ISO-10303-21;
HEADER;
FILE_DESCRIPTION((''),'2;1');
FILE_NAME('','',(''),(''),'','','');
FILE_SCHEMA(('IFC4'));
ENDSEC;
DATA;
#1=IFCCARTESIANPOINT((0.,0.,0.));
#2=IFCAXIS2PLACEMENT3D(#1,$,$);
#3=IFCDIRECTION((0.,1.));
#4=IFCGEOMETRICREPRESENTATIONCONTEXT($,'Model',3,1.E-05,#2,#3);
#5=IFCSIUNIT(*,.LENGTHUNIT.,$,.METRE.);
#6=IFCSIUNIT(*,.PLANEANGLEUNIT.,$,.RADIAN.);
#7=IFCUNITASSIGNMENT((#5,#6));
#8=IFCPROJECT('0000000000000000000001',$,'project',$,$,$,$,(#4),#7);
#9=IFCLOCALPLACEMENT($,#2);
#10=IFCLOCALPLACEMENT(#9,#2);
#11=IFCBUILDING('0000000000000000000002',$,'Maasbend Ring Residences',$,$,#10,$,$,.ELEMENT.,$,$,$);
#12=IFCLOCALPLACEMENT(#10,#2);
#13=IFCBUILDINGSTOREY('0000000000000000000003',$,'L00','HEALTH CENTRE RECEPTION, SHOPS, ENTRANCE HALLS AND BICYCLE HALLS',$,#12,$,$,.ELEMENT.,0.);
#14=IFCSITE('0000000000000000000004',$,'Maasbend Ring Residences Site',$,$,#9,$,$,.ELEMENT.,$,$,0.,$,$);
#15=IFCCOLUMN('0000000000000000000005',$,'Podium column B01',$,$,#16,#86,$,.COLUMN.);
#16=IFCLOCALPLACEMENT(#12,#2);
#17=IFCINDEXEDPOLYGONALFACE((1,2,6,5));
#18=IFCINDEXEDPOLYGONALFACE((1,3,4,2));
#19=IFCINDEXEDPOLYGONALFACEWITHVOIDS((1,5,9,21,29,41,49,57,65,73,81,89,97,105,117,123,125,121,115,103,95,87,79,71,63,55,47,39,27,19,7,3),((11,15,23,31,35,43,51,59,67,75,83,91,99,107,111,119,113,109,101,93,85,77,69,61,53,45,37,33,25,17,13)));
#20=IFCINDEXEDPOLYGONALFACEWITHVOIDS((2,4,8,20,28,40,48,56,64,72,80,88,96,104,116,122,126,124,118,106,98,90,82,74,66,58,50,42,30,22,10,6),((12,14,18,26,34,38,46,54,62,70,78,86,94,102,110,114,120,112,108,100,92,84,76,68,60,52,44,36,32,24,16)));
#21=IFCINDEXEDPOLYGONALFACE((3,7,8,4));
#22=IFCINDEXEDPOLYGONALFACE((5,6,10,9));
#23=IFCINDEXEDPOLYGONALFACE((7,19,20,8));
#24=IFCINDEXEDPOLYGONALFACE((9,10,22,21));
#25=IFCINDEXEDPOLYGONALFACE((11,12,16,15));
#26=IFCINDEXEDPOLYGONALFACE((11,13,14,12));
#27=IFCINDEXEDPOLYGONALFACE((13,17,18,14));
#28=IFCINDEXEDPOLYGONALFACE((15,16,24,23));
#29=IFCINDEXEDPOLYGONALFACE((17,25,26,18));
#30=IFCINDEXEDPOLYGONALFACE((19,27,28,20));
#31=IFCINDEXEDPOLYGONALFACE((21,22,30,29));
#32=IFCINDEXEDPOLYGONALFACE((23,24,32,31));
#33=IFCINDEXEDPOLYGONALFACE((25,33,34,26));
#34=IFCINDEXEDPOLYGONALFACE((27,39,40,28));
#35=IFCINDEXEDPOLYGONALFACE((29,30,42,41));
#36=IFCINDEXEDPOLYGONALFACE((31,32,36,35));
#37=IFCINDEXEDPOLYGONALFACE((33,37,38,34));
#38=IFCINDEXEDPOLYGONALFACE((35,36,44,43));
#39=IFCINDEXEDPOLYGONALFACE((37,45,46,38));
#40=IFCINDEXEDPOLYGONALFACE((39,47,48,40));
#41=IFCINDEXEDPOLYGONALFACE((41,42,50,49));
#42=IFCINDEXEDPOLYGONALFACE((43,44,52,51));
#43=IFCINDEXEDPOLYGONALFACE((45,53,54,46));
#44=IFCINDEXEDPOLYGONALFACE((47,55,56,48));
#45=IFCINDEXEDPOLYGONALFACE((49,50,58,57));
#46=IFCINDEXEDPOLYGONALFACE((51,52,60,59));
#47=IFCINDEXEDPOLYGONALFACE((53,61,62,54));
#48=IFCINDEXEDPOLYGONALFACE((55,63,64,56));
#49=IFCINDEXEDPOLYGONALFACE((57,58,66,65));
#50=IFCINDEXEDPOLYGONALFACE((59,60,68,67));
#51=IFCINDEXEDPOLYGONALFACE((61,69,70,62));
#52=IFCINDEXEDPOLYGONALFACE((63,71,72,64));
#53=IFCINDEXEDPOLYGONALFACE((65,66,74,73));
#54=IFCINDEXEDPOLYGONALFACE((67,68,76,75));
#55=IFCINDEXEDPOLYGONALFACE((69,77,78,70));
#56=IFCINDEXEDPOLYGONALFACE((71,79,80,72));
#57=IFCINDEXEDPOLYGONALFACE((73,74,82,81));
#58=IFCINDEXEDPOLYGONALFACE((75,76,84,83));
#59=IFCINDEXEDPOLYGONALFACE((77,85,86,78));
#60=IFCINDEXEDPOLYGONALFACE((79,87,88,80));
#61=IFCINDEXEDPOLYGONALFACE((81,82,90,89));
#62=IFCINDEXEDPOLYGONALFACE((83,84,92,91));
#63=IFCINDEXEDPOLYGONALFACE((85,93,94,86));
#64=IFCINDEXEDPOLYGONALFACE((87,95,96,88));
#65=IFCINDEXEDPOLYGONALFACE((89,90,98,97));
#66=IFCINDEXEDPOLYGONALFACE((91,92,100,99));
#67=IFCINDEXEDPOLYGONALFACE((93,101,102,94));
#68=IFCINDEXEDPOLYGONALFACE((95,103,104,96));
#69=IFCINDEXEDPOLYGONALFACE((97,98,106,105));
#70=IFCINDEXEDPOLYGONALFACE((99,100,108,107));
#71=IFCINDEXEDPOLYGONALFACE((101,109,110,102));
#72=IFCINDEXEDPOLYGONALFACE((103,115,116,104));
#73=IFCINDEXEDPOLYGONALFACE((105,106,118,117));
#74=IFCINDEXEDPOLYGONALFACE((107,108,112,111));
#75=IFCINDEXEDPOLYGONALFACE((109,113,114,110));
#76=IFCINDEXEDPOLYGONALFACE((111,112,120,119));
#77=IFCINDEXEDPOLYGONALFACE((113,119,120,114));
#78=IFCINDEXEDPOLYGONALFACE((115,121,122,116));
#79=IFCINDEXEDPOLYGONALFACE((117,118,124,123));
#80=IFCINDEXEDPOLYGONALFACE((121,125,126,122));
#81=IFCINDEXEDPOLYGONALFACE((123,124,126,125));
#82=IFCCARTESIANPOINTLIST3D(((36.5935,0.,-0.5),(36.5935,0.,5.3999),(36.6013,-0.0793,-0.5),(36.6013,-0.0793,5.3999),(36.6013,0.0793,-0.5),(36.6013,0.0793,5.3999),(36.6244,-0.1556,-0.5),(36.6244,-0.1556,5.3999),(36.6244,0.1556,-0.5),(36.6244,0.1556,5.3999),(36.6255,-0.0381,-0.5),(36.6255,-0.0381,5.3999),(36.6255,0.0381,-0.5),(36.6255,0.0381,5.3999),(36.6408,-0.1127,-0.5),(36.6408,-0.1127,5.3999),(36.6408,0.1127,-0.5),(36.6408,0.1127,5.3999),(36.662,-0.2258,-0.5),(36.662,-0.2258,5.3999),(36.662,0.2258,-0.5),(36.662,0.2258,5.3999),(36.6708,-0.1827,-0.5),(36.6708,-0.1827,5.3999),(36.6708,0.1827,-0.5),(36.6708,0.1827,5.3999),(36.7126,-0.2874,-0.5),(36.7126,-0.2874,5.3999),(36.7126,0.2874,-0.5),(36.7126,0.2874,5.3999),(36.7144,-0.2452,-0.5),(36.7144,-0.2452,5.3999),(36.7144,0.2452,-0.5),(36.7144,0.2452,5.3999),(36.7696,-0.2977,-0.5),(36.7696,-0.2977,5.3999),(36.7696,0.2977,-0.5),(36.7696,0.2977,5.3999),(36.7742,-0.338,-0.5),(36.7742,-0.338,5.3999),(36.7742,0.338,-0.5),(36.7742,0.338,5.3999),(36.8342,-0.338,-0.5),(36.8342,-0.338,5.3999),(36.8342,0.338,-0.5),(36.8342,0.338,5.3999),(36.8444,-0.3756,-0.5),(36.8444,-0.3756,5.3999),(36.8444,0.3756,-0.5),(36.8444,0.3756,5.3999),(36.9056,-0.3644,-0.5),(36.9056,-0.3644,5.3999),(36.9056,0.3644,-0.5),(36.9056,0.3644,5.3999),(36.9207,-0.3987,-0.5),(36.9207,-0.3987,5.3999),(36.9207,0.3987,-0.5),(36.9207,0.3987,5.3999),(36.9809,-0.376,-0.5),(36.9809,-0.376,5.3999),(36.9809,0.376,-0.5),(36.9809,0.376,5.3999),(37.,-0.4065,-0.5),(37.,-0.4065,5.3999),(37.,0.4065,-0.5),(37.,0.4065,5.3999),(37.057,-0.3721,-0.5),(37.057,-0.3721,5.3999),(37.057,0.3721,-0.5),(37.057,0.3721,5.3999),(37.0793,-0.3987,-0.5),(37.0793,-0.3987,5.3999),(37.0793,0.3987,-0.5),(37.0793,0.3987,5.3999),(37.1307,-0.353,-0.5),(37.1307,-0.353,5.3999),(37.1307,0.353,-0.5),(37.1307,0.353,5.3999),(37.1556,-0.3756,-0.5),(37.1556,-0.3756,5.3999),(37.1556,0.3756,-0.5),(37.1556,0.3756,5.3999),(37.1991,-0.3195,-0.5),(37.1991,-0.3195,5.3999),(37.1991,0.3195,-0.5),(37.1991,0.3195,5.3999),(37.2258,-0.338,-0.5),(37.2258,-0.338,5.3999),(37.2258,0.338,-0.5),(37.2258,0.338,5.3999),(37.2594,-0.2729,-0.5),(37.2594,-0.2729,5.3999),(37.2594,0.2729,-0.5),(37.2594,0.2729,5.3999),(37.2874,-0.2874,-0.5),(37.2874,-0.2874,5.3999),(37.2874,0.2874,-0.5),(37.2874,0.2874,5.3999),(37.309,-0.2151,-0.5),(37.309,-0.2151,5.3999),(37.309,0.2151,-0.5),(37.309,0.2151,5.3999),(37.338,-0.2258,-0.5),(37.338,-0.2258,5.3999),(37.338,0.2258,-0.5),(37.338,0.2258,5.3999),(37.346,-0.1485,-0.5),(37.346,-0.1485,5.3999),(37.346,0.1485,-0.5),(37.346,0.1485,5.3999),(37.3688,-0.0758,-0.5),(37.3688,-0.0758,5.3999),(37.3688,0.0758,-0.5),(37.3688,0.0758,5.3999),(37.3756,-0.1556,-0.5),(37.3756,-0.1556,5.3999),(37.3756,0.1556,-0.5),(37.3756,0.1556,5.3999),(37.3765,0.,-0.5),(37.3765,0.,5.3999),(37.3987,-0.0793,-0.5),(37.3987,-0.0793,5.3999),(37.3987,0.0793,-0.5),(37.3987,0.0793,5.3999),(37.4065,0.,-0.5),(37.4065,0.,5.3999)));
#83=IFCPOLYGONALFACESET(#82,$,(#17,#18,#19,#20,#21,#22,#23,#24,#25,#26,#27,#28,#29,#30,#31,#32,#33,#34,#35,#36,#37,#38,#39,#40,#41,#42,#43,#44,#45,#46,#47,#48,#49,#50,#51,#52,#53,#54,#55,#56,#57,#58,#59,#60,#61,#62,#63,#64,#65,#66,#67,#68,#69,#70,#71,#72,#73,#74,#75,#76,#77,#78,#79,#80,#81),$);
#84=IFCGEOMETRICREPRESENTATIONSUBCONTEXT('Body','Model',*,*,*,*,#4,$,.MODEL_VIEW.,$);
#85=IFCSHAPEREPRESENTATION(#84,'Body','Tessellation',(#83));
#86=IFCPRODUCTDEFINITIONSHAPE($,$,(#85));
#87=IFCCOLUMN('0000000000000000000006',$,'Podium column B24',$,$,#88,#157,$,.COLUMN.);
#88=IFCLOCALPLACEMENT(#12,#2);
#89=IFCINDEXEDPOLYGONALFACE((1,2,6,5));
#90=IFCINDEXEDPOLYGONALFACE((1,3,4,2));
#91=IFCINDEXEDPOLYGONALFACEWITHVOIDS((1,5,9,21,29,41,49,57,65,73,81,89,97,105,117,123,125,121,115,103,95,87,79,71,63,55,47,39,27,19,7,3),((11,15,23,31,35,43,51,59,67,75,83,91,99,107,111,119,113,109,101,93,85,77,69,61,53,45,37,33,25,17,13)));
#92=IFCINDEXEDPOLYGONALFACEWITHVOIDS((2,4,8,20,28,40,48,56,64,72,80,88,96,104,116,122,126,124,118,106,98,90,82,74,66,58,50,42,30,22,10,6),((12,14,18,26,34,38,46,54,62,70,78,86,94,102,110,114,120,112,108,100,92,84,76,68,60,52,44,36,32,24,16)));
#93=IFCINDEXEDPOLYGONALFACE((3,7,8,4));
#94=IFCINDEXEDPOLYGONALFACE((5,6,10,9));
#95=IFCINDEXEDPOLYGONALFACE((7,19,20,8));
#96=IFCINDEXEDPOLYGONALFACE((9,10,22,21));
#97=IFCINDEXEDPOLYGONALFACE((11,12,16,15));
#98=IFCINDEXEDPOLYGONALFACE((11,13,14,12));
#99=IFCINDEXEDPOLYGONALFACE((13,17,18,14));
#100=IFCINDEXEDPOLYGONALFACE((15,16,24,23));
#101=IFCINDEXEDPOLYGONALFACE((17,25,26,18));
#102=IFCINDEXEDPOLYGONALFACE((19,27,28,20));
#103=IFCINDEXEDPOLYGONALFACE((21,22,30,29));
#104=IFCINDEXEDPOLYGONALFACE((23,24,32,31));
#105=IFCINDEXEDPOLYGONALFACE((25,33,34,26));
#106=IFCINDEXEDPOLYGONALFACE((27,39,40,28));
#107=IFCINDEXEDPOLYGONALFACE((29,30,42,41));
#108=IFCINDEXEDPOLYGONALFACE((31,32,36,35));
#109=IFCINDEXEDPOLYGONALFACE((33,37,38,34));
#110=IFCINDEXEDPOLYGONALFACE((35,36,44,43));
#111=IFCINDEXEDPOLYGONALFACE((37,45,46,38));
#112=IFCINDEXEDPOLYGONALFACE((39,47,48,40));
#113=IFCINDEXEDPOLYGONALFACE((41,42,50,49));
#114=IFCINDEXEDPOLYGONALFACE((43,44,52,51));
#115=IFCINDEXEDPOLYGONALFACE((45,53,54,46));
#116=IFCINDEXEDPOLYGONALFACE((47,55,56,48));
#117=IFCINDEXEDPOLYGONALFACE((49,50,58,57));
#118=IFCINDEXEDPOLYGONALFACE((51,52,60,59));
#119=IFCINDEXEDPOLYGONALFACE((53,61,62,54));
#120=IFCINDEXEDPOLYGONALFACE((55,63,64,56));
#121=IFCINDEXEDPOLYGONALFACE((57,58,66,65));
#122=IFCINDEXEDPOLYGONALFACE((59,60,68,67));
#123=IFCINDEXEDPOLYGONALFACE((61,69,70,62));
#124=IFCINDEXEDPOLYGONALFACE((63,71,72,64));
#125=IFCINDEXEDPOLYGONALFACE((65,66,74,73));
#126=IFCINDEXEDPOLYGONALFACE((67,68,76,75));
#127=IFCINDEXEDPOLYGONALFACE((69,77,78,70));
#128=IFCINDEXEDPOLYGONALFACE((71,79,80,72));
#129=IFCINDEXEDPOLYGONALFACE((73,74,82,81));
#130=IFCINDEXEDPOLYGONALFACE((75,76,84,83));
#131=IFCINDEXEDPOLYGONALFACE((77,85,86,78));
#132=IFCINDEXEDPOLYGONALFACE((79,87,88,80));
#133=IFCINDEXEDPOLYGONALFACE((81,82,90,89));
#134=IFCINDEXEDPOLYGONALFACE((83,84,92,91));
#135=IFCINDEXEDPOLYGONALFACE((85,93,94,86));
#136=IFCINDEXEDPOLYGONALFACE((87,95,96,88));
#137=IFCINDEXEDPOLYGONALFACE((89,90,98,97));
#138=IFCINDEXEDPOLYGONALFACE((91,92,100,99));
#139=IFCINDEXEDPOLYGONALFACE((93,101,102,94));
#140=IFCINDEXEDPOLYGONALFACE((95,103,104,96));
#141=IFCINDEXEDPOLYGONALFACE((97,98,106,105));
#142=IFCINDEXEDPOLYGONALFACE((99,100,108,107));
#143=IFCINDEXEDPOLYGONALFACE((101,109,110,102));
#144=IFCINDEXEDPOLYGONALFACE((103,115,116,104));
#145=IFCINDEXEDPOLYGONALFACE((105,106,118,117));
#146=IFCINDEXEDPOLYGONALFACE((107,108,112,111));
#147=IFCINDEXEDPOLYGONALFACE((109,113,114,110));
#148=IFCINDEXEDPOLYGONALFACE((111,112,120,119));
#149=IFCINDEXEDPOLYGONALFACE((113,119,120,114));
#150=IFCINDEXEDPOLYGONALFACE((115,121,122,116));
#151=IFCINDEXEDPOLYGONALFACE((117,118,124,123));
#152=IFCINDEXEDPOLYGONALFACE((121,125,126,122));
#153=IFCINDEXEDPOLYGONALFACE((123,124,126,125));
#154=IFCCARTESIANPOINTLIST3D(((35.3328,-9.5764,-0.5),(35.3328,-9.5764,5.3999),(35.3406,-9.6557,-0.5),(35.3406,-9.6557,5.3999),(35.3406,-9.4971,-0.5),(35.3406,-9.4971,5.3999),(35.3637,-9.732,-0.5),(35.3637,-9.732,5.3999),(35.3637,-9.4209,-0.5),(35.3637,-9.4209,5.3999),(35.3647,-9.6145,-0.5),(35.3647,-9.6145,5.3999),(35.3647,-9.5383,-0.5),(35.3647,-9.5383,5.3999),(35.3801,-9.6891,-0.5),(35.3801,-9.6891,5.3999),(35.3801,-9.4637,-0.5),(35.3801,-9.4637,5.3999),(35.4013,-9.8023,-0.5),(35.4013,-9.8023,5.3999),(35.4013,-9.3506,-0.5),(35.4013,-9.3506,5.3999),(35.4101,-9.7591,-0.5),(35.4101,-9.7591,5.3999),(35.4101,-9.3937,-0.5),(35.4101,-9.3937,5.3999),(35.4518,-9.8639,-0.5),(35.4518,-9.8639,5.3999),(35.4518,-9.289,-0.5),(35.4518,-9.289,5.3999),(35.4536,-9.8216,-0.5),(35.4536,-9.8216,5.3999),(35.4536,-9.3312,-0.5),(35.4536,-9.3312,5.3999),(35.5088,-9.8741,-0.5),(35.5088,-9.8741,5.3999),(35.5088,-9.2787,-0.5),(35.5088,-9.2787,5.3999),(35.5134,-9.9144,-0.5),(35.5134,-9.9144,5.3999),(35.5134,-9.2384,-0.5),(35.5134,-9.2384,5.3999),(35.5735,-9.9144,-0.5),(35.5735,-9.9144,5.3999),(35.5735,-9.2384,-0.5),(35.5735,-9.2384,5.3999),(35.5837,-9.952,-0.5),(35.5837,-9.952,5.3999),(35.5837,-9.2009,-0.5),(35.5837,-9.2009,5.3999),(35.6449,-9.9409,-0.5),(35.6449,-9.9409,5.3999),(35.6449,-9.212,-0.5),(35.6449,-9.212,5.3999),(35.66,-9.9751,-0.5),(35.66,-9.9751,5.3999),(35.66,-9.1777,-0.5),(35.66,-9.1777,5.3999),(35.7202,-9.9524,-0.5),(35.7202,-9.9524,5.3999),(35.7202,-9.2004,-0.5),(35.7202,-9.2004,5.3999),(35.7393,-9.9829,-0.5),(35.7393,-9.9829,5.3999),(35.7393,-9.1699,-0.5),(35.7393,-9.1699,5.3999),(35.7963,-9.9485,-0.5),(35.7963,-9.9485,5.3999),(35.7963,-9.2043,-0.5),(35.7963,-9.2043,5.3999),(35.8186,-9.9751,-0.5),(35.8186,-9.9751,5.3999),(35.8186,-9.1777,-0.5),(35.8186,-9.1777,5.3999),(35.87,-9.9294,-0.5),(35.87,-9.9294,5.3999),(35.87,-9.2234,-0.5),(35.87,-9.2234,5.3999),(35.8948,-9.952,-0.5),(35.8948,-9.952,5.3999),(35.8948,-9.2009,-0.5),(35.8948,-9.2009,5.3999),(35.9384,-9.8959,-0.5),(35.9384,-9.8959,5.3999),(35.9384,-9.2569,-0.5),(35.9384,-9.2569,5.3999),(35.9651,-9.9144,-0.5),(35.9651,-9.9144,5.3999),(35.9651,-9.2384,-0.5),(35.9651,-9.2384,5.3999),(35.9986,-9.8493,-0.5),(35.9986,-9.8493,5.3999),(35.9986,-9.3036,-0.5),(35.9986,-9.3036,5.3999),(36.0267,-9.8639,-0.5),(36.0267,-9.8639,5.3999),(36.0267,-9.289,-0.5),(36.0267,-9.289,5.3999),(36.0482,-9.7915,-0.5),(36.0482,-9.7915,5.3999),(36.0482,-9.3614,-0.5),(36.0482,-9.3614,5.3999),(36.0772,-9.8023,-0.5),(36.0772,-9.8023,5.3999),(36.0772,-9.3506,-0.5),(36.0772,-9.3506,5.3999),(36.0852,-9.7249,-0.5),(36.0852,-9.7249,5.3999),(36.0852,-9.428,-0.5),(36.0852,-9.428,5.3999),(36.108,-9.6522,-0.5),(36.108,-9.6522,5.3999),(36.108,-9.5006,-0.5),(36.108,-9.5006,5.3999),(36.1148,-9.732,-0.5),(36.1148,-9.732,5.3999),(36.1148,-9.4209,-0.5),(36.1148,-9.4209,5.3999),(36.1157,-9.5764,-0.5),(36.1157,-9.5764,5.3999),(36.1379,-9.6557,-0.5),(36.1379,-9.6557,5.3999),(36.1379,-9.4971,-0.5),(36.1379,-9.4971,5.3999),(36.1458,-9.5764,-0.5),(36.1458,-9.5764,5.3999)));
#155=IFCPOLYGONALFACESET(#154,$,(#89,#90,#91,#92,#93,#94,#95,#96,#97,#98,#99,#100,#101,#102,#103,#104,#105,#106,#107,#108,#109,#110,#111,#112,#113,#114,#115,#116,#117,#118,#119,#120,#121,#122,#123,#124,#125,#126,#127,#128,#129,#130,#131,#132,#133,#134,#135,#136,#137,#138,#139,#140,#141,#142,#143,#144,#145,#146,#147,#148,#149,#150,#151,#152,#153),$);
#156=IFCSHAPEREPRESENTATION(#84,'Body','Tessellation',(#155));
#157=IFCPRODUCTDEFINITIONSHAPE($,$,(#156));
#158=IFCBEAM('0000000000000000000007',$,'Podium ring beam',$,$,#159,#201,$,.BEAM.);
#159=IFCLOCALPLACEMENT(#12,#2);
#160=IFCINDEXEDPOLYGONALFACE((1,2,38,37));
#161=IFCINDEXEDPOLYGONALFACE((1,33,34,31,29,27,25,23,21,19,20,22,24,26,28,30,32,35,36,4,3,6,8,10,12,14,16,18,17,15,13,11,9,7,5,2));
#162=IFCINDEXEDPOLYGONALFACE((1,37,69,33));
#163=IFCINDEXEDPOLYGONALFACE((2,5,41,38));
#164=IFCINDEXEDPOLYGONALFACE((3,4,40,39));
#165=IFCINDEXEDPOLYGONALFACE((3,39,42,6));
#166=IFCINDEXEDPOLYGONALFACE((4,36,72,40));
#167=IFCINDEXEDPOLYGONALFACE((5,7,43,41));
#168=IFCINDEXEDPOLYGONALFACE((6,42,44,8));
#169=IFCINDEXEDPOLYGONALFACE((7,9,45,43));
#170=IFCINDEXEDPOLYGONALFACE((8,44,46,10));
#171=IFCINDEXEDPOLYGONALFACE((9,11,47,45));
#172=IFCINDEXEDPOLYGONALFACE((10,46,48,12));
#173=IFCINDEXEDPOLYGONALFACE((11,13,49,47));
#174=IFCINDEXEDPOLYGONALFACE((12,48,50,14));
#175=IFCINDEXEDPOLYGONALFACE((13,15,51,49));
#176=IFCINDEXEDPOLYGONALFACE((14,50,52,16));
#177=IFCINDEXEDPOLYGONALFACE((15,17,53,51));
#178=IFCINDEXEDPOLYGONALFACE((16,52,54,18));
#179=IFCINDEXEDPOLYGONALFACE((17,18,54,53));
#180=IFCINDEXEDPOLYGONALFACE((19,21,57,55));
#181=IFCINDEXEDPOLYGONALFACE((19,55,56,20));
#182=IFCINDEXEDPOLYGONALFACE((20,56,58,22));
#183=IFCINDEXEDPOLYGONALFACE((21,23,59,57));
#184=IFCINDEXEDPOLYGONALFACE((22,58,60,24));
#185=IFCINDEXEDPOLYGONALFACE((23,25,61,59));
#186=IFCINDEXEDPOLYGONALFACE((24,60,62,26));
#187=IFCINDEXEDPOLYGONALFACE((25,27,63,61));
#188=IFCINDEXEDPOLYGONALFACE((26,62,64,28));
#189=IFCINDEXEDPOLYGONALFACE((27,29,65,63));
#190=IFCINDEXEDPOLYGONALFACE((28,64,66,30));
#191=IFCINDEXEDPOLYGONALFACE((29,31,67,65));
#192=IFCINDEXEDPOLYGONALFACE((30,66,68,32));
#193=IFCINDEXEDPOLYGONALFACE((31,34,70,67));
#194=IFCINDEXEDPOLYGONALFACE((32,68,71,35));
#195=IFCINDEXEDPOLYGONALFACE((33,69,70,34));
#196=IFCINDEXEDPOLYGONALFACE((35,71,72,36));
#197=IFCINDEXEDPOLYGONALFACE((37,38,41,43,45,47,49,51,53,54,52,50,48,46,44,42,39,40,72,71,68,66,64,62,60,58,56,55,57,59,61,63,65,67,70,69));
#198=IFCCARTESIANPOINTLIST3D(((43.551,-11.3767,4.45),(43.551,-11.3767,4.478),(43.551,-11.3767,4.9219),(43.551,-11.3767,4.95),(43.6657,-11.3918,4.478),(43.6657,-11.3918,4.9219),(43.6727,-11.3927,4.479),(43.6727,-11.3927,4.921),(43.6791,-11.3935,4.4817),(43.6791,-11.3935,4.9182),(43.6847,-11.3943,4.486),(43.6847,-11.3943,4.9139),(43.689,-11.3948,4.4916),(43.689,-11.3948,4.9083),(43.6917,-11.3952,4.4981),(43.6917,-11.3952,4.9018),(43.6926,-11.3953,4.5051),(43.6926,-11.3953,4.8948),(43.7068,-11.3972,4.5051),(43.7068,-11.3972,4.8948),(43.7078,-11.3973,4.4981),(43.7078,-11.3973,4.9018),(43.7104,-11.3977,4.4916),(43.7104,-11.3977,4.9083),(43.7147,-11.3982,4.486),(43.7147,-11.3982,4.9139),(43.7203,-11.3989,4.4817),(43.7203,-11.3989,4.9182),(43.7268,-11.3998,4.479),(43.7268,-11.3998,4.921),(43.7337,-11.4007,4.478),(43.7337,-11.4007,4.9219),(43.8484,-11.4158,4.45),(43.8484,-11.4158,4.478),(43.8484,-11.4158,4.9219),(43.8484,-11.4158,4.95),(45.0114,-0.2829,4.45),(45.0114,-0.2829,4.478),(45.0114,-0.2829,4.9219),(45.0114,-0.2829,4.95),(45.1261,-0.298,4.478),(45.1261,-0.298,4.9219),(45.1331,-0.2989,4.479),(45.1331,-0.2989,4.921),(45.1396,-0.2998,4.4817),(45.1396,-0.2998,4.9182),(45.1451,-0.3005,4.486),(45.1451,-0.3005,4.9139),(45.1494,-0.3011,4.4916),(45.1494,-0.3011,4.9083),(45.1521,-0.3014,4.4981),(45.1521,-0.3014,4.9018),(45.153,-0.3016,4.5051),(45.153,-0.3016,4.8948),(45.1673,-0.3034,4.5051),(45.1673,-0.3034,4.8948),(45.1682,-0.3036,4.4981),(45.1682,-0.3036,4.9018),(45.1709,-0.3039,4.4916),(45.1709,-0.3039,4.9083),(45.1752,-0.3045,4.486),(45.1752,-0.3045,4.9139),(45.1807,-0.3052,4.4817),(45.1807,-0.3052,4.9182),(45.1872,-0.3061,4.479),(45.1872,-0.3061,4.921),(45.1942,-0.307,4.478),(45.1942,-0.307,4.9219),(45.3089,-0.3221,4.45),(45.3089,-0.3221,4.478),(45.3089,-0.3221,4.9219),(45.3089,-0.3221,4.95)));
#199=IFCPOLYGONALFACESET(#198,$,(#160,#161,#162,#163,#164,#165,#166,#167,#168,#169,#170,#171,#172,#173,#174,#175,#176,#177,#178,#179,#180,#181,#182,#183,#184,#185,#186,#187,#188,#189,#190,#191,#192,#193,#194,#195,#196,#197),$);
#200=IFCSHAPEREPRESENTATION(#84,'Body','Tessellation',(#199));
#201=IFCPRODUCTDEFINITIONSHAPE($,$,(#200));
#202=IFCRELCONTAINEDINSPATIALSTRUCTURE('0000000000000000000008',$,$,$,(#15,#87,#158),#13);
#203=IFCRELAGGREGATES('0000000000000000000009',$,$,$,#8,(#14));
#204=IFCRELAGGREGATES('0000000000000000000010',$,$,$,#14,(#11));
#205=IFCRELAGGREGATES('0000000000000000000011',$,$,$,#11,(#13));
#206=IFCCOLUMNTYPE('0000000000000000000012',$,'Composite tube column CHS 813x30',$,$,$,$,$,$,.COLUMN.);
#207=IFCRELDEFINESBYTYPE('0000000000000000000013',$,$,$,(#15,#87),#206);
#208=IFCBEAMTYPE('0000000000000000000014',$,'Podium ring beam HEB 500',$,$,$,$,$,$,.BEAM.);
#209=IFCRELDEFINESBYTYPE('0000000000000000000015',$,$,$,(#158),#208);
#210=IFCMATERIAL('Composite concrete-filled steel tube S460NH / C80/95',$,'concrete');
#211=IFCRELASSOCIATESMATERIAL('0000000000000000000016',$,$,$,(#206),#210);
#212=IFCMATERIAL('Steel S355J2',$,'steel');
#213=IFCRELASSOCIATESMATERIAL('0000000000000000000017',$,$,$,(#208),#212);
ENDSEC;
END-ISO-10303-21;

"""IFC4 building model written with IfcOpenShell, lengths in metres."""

from ifc_helpers import new_model, si_unit, direction, frame, origin, origin_2d, place, context, subcontext, project, spatial, hollow_circle, i_section, extrude, material, material_profile, profile_set, type_object, element, save


model = new_model("IFC4")

# Units and contexts
model_context = context("Model", 3, precision=1e-05, world=origin(), true_north=direction((0.0, 1.0)))
body_context = subcontext(model_context, "Body", "Model", "MODEL_VIEW")
ifc_project = project(units=[si_unit("LENGTHUNIT", "METRE"), si_unit("PLANEANGLEUNIT", "RADIAN")], contexts=[model_context])

# Site, building, storey
site_placement = place(None, origin())
site = spatial("IfcSite", under=ifc_project, at=site_placement, Name="Maasbend Ring Residences Site", CompositionType="ELEMENT", RefElevation=0.0)
building_placement = place(site_placement, origin())
building = spatial("IfcBuilding", under=site, at=building_placement, Name="Maasbend Ring Residences", CompositionType="ELEMENT")
storey_placement = place(building_placement, origin())
storey = spatial("IfcBuildingStorey", under=building, at=storey_placement, Name="L00", Description="HEALTH CENTRE RECEPTION, SHOPS, ENTRANCE HALLS AND BICYCLE HALLS", CompositionType="ELEMENT", Elevation=0.0)

# Columns
ifc_material_1 = material(Name="Composite concrete-filled steel tube S460NH / C80/95", Category="concrete")
ifc_material_profile_1 = material_profile(ifc_material_1, hollow_circle(Radius=0.4065, WallThickness=0.03, at=origin_2d()), Name="Composite tube column CHS 813x30")
ifc_profile_set_1 = profile_set([ifc_material_profile_1], Name="Composite concrete-filled steel tube S460NH / C80/95")
column_type_1 = type_object("IfcColumnType", Name="Composite tube column CHS 813x30", PredefinedType="COLUMN", material=ifc_profile_set_1)
for number, where, z_axis, x_axis, name in (
    (1, (37.0, 0.0, -0.5), (0.0, 0.0, 1.0), (1.0, 0.0, 0.0), "Podium column B01"),
    (2, (35.7393, -9.5764, -0.5), (0.0, 0.0, 1.0), (1.0, 0.0, 0.0), "Podium column B24"),
):
    element("IfcColumn", number, at=place(storey_placement, frame(where, z_axis=z_axis, x_axis=x_axis)), inside=storey, type_object=column_type_1, Name=name, PredefinedType="COLUMN", context=body_context, shape_type="SweptSolid", body=[
        extrude(hollow_circle(Radius=0.4065, WallThickness=0.03, at=origin_2d()), origin(), (0.0, 0.0, 1.0), 5.8999),
    ])

# Beam
ifc_material_2 = material(Name="Steel S355J2", Category="steel")
ifc_material_profile_2 = material_profile(ifc_material_2, i_section(OverallWidth=0.3, OverallDepth=0.5, WebThickness=0.0144, FlangeThickness=0.0281, FilletRadius=0.0271, at=origin_2d()), Name="HEB 500")
ifc_profile_set_2 = profile_set([ifc_material_profile_2], Name="Steel S355J2")
beam_type_1 = type_object("IfcBeamType", Name="Podium ring beam HEB 500", PredefinedType="BEAM", material=ifc_profile_set_2)
beam_1_placement = place(storey_placement, frame((43.6997, -11.3962, 4.7), z_axis=(0.13052, 0.991446, 0.0), x_axis=(-0.991446, 0.13052, 0.0)))
element("IfcBeam", 3, at=beam_1_placement, inside=storey, type_object=beam_type_1, Name="Podium ring beam", PredefinedType="BEAM", context=body_context, shape_type="SweptSolid", body=[
    extrude(i_section(OverallWidth=0.3, OverallDepth=0.5, WebThickness=0.0144, FlangeThickness=0.0281, FilletRadius=0.0271, at=origin_2d()), origin(), (0.0, 0.0, 1.0), 11.1895),
])

save(model, "model.ifc")
